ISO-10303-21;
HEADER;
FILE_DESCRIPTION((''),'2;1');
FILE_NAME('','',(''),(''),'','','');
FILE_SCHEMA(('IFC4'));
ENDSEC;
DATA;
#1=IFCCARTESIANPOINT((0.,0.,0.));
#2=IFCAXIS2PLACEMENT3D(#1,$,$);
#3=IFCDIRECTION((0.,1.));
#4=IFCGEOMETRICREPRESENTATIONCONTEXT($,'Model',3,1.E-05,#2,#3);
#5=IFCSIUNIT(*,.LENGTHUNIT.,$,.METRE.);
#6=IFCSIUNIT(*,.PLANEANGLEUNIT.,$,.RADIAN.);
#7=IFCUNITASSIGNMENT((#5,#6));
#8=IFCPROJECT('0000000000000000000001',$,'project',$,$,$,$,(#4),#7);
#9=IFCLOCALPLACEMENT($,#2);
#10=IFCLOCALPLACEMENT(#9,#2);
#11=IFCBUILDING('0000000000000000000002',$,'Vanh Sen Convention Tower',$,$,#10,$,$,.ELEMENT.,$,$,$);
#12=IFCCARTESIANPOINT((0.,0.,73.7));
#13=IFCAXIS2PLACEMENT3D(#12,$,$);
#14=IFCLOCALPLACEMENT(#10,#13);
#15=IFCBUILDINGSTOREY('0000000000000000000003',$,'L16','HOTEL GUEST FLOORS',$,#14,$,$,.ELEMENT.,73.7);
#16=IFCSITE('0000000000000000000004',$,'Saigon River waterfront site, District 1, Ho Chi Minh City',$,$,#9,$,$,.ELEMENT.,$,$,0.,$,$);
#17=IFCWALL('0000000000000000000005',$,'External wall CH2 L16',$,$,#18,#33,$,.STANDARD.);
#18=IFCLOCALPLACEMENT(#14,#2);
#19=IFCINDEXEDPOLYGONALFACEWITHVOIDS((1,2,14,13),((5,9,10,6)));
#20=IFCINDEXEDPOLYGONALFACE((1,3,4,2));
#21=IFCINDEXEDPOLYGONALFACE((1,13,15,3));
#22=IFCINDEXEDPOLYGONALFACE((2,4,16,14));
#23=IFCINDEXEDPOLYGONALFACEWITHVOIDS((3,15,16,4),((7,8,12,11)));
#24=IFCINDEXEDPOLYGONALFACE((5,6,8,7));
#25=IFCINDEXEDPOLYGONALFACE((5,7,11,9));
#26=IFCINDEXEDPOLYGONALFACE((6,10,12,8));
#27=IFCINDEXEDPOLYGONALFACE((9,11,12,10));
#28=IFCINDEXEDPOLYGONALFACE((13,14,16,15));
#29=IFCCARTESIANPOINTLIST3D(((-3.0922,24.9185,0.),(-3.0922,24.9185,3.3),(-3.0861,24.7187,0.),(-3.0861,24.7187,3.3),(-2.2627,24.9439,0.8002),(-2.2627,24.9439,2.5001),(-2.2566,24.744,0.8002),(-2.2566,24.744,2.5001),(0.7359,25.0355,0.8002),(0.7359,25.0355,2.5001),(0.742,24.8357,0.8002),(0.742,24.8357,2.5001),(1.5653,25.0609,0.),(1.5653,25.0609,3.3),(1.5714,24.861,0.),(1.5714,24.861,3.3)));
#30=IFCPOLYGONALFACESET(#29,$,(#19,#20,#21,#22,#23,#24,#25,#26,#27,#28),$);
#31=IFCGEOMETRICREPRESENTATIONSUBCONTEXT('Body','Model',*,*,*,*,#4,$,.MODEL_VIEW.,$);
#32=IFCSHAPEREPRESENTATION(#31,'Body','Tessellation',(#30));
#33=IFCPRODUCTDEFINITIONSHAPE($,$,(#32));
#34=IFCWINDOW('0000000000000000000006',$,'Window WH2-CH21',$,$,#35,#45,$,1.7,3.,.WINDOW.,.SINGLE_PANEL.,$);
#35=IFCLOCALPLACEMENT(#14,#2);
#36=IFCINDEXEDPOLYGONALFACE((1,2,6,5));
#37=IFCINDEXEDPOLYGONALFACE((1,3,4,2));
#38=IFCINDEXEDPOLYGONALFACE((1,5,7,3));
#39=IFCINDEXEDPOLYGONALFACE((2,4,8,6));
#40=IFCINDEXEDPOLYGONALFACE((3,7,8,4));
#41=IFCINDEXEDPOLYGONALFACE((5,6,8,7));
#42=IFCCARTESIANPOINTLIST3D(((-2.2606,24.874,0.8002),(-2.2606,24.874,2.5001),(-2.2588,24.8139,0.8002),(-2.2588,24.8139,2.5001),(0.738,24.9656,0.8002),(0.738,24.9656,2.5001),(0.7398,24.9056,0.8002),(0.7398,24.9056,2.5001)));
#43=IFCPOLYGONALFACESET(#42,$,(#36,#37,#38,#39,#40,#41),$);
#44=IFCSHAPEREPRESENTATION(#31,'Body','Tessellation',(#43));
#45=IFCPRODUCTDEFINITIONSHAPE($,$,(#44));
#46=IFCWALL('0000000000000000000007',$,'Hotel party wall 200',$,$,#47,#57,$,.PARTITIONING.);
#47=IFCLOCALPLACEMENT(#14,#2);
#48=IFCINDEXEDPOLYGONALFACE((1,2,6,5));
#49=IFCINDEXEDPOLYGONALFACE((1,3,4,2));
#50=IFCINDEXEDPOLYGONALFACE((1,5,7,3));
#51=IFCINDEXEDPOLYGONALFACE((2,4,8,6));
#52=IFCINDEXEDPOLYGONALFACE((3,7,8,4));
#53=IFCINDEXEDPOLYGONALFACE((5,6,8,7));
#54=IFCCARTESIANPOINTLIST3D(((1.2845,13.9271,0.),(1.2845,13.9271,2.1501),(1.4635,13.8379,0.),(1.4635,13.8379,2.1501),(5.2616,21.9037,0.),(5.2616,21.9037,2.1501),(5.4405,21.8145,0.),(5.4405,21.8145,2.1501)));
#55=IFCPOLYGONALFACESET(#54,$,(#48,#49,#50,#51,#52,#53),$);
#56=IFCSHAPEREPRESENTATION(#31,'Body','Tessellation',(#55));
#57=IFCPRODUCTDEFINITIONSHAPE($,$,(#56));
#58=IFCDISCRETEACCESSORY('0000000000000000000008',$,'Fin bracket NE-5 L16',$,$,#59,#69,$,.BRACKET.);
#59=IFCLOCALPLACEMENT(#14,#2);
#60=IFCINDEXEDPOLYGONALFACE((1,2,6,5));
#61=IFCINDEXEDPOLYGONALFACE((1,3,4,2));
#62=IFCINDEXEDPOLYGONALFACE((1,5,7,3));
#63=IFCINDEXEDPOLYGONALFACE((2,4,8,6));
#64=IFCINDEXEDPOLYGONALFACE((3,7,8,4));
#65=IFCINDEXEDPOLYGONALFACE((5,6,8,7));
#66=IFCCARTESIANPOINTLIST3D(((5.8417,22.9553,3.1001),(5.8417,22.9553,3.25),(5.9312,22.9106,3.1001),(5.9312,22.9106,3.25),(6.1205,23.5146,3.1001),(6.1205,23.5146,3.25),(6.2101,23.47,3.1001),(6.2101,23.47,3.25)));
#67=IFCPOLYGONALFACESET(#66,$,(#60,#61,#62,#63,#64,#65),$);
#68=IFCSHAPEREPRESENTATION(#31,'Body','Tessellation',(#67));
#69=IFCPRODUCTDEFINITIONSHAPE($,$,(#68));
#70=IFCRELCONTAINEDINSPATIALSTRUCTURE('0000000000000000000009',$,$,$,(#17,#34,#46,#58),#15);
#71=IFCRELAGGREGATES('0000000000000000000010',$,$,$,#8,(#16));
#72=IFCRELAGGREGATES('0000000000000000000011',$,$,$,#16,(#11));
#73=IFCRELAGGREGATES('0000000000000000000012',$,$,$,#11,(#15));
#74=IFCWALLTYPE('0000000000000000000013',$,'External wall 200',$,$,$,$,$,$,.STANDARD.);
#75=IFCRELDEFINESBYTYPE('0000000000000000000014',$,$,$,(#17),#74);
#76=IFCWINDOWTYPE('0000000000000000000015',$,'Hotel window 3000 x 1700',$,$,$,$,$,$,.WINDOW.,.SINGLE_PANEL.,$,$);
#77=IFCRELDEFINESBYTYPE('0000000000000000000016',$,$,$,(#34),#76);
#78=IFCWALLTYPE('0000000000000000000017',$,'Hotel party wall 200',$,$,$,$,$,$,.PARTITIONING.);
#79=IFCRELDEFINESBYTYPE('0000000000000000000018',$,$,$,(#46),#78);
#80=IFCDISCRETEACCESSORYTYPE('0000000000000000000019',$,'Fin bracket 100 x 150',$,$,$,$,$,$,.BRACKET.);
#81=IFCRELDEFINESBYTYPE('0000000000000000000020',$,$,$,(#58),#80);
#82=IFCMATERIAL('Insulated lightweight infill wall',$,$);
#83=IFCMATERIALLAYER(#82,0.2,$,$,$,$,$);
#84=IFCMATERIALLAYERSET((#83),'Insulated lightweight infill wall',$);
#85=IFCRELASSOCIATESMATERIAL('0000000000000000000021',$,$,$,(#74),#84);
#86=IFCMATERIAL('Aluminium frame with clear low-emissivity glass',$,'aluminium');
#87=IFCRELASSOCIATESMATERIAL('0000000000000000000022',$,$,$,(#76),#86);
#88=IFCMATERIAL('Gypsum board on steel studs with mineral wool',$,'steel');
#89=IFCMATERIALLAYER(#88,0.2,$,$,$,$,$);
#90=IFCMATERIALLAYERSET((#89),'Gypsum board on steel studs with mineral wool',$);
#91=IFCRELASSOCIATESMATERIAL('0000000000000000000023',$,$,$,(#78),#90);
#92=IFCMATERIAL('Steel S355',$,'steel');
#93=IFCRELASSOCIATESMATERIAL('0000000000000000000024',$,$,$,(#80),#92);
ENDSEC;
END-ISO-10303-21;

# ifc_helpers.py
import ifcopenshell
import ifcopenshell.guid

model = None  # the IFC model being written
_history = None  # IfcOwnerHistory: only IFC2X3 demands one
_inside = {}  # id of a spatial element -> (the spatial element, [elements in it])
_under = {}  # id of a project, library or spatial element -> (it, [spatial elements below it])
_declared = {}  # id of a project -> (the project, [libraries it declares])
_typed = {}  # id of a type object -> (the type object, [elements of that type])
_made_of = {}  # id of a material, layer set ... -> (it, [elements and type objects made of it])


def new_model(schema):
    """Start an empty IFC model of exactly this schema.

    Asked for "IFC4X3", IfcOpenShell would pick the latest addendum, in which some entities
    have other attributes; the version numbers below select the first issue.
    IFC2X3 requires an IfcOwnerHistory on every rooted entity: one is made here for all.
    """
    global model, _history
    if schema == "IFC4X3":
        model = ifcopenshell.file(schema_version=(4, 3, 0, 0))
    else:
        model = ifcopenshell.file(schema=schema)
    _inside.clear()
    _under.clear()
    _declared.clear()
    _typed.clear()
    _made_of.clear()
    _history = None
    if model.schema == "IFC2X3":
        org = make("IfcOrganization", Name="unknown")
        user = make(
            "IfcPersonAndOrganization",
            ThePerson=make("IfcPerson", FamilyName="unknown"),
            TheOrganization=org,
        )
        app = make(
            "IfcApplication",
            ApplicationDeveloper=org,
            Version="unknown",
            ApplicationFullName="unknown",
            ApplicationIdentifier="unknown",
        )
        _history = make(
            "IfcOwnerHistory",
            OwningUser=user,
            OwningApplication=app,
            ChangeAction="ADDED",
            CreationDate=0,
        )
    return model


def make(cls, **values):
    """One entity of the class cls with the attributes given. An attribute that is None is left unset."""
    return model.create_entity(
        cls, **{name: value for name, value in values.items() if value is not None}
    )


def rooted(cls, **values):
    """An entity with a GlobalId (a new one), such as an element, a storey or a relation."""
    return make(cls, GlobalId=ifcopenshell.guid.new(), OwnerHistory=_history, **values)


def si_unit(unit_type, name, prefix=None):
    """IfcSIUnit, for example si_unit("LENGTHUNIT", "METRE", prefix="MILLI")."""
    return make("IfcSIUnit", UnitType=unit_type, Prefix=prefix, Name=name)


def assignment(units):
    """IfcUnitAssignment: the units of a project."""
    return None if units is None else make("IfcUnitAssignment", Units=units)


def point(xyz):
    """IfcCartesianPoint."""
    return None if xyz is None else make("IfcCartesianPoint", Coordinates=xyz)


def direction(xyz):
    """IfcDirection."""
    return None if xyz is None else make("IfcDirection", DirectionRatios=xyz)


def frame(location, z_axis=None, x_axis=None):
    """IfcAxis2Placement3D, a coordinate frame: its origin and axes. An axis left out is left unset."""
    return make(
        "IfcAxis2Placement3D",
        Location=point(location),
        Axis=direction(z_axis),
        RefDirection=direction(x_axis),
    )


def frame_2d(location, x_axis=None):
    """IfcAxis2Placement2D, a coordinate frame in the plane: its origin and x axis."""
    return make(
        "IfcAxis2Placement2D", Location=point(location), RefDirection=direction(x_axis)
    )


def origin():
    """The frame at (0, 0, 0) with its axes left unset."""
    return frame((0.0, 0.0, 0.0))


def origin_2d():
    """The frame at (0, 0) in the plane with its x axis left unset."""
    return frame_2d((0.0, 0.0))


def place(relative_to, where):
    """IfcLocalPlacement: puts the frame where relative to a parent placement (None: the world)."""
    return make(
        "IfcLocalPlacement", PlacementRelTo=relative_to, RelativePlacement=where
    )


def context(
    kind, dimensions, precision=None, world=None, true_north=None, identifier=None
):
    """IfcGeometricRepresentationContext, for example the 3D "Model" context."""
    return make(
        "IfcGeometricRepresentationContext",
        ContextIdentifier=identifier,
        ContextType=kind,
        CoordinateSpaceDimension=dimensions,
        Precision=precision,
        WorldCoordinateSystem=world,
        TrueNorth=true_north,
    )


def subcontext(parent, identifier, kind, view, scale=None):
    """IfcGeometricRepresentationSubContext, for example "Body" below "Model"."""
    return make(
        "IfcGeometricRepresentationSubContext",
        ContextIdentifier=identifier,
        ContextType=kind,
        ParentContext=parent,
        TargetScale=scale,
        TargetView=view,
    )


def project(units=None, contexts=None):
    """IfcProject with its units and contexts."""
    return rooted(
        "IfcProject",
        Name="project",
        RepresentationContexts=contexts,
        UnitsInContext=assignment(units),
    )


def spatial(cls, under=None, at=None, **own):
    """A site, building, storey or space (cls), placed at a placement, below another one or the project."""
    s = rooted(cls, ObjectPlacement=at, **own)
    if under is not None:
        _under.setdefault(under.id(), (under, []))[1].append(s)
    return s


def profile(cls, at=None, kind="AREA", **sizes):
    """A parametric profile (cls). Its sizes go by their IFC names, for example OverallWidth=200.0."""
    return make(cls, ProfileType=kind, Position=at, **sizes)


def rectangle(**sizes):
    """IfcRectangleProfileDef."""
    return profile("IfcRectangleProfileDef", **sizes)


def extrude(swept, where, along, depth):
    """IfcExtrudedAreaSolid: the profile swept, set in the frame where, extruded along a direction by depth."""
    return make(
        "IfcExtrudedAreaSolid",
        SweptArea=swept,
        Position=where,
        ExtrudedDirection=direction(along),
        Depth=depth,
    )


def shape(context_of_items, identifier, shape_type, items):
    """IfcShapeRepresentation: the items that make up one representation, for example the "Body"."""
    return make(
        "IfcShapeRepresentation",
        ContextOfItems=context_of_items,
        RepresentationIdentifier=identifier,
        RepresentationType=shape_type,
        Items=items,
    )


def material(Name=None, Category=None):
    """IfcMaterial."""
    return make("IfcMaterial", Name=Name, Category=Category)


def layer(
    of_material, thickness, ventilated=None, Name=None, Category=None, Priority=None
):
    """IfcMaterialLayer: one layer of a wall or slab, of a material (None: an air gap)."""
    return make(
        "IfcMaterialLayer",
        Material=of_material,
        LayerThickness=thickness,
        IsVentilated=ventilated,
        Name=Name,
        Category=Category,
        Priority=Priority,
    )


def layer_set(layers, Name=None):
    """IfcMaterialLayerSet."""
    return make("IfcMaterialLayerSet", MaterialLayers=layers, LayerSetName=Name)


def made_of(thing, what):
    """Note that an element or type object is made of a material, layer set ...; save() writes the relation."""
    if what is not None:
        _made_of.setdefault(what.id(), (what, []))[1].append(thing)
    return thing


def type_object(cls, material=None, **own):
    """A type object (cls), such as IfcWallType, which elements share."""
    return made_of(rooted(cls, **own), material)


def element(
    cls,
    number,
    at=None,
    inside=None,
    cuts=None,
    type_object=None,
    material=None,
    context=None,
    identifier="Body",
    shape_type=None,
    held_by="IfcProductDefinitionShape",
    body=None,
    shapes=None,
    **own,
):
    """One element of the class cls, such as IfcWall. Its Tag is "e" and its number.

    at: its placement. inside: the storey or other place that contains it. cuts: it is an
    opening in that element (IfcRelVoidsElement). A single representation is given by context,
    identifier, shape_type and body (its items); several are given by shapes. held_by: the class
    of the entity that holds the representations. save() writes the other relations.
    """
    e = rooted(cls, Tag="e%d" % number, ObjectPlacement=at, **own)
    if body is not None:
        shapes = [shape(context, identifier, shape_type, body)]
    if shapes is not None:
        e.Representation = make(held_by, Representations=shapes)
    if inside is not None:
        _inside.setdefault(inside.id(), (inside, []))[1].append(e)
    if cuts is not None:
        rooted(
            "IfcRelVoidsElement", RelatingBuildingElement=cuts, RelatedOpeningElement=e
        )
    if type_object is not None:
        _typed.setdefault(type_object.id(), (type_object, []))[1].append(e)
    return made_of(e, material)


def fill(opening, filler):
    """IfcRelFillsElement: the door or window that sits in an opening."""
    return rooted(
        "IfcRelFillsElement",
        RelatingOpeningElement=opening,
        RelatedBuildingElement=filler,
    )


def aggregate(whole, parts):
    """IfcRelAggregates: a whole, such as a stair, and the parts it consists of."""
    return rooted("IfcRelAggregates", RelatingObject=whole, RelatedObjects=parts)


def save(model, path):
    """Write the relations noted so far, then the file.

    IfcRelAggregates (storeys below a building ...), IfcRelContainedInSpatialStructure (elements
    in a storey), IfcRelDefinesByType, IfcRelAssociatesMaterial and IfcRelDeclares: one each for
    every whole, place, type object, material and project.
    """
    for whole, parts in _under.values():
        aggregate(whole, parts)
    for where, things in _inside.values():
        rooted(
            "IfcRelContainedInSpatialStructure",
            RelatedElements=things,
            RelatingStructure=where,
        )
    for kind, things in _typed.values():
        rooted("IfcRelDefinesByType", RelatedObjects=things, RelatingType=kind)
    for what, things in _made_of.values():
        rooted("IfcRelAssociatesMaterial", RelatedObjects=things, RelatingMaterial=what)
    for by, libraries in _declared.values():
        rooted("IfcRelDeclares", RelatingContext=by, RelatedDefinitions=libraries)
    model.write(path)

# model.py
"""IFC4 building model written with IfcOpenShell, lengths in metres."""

from ifc_helpers import new_model, si_unit, direction, frame, frame_2d, origin, origin_2d, place, context, subcontext, project, spatial, rectangle, extrude, material, layer, layer_set, type_object, element, fill, save


model = new_model("IFC4")

# Units and contexts
model_context = context("Model", 3, precision=1e-05, world=origin(), true_north=direction((0.0, 1.0)))
body_context = subcontext(model_context, "Body", "Model", "MODEL_VIEW")
ifc_project = project(units=[si_unit("LENGTHUNIT", "METRE"), si_unit("PLANEANGLEUNIT", "RADIAN")], contexts=[model_context])

# Site, building, storey
site_placement = place(None, origin())
site = spatial("IfcSite", under=ifc_project, at=site_placement, Name="Saigon River waterfront site, District 1, Ho Chi Minh City", CompositionType="ELEMENT", RefElevation=0.0)
building_placement = place(site_placement, origin())
building = spatial("IfcBuilding", under=site, at=building_placement, Name="Vanh Sen Convention Tower", CompositionType="ELEMENT")
storey_placement = place(building_placement, frame((0.0, 0.0, 73.7)))
storey = spatial("IfcBuildingStorey", under=building, at=storey_placement, Name="L16", Description="HOTEL GUEST FLOORS", CompositionType="ELEMENT", Elevation=73.7)

# Shared definitions
ifc_material_1 = material(Name="Gypsum board on steel studs with mineral wool", Category="steel")

# Wall, opening, window
ifc_material_2 = material(Name="Insulated lightweight infill wall")
ifc_layer_1 = layer(ifc_material_2, 0.2)
ifc_layer_set_1 = layer_set([ifc_layer_1], Name="Insulated lightweight infill wall")
wall_type_1 = type_object("IfcWallType", Name="External wall 200", PredefinedType="STANDARD", material=ifc_layer_set_1)
wall_1_placement = place(storey_placement, frame((1.5684, 24.9609, 0.0), z_axis=(0.0, 0.0, 1.0), x_axis=(-0.999533, -0.030546, 0.0)))
wall_1 = element("IfcWall", 1, at=wall_1_placement, inside=storey, type_object=wall_type_1, Name="External wall CH2 L16", PredefinedType="STANDARD", context=body_context, shape_type="SweptSolid", body=[
    extrude(rectangle(XDim=4.6597, YDim=0.2, at=frame_2d((2.3298, 0.0))), origin(), (0.0, 0.0, 1.0), 3.3),
])
opening_1_placement = place(wall_1_placement, frame((0.8298, 0.0, 0.8)))
opening_1 = element("IfcOpeningElement", 2, at=opening_1_placement, cuts=wall_1, PredefinedType="OPENING", context=body_context, shape_type="SweptSolid", body=[
    extrude(rectangle(XDim=3.0, YDim=1.7, at=frame_2d((1.5, 0.8501))), frame((0.0, 0.1099, 0.0), z_axis=(0.0, -1.0, 0.0), x_axis=(1.0, 0.0, 0.0)), (0.0, 0.0, 1.0), 0.22),
])
ifc_material_3 = material(Name="Aluminium frame with clear low-emissivity glass", Category="aluminium")
window_type = type_object("IfcWindowType", Name="Hotel window 3000 x 1700", PartitioningType="SINGLE_PANEL", PredefinedType="WINDOW", material=ifc_material_3)
window_placement = place(opening_1_placement, origin())
window = element("IfcWindow", 3, at=window_placement, inside=storey, type_object=window_type, Name="Window WH2-CH21", OverallHeight=1.7, OverallWidth=3.0, PartitioningType="SINGLE_PANEL", PredefinedType="WINDOW", context=body_context, shape_type="SweptSolid", body=[
    extrude(rectangle(XDim=3.0, YDim=1.7, at=frame_2d((1.5, 0.8501))), frame((0.0, 0.03, 0.0), z_axis=(0.0, -1.0, 0.0), x_axis=(1.0, 0.0, 0.0)), (0.0, 0.0, 1.0), 0.0601),
])
fill(opening_1, window)

# Wall
ifc_layer_2 = layer(ifc_material_1, 0.2)
ifc_layer_set_2 = layer_set([ifc_layer_2], Name="Gypsum board on steel studs with mineral wool")
wall_type_2 = type_object("IfcWallType", Name="Hotel party wall 200", PredefinedType="PARTITIONING", material=ifc_layer_set_2)
wall_2_placement = place(storey_placement, frame((5.3511, 21.8591, 0.0), z_axis=(0.0, 0.0, 1.0), x_axis=(-0.446205, -0.894931, 0.0)))
element("IfcWall", 4, at=wall_2_placement, inside=storey, type_object=wall_type_2, Name="Hotel party wall 200", PredefinedType="PARTITIONING", context=body_context, shape_type="SweptSolid", body=[
    extrude(rectangle(XDim=8.9131, YDim=0.2, at=frame_2d((4.4565, 0.0))), origin(), (0.0, 0.0, 1.0), 2.1501),
])

# Discrete accessory
ifc_material_4 = material(Name="Steel S355", Category="steel")
discrete_accessory_type = type_object("IfcDiscreteAccessoryType", Name="Fin bracket 100 x 150", PredefinedType="BRACKET", material=ifc_material_4)
discrete_accessory_placement = place(storey_placement, frame((6.0259, 23.2126, 3.1001), z_axis=(0.0, 0.0, 1.0), x_axis=(0.446198, 0.894934, 0.0)))
element("IfcDiscreteAccessory", 5, at=discrete_accessory_placement, inside=storey, type_object=discrete_accessory_type, Name="Fin bracket NE-5 L16", PredefinedType="BRACKET", context=body_context, shape_type="SweptSolid", body=[
    extrude(rectangle(XDim=0.625, YDim=0.1001, at=origin_2d()), origin(), (0.0, 0.0, 1.0), 0.1499),
])

save(model, "model.ifc")
